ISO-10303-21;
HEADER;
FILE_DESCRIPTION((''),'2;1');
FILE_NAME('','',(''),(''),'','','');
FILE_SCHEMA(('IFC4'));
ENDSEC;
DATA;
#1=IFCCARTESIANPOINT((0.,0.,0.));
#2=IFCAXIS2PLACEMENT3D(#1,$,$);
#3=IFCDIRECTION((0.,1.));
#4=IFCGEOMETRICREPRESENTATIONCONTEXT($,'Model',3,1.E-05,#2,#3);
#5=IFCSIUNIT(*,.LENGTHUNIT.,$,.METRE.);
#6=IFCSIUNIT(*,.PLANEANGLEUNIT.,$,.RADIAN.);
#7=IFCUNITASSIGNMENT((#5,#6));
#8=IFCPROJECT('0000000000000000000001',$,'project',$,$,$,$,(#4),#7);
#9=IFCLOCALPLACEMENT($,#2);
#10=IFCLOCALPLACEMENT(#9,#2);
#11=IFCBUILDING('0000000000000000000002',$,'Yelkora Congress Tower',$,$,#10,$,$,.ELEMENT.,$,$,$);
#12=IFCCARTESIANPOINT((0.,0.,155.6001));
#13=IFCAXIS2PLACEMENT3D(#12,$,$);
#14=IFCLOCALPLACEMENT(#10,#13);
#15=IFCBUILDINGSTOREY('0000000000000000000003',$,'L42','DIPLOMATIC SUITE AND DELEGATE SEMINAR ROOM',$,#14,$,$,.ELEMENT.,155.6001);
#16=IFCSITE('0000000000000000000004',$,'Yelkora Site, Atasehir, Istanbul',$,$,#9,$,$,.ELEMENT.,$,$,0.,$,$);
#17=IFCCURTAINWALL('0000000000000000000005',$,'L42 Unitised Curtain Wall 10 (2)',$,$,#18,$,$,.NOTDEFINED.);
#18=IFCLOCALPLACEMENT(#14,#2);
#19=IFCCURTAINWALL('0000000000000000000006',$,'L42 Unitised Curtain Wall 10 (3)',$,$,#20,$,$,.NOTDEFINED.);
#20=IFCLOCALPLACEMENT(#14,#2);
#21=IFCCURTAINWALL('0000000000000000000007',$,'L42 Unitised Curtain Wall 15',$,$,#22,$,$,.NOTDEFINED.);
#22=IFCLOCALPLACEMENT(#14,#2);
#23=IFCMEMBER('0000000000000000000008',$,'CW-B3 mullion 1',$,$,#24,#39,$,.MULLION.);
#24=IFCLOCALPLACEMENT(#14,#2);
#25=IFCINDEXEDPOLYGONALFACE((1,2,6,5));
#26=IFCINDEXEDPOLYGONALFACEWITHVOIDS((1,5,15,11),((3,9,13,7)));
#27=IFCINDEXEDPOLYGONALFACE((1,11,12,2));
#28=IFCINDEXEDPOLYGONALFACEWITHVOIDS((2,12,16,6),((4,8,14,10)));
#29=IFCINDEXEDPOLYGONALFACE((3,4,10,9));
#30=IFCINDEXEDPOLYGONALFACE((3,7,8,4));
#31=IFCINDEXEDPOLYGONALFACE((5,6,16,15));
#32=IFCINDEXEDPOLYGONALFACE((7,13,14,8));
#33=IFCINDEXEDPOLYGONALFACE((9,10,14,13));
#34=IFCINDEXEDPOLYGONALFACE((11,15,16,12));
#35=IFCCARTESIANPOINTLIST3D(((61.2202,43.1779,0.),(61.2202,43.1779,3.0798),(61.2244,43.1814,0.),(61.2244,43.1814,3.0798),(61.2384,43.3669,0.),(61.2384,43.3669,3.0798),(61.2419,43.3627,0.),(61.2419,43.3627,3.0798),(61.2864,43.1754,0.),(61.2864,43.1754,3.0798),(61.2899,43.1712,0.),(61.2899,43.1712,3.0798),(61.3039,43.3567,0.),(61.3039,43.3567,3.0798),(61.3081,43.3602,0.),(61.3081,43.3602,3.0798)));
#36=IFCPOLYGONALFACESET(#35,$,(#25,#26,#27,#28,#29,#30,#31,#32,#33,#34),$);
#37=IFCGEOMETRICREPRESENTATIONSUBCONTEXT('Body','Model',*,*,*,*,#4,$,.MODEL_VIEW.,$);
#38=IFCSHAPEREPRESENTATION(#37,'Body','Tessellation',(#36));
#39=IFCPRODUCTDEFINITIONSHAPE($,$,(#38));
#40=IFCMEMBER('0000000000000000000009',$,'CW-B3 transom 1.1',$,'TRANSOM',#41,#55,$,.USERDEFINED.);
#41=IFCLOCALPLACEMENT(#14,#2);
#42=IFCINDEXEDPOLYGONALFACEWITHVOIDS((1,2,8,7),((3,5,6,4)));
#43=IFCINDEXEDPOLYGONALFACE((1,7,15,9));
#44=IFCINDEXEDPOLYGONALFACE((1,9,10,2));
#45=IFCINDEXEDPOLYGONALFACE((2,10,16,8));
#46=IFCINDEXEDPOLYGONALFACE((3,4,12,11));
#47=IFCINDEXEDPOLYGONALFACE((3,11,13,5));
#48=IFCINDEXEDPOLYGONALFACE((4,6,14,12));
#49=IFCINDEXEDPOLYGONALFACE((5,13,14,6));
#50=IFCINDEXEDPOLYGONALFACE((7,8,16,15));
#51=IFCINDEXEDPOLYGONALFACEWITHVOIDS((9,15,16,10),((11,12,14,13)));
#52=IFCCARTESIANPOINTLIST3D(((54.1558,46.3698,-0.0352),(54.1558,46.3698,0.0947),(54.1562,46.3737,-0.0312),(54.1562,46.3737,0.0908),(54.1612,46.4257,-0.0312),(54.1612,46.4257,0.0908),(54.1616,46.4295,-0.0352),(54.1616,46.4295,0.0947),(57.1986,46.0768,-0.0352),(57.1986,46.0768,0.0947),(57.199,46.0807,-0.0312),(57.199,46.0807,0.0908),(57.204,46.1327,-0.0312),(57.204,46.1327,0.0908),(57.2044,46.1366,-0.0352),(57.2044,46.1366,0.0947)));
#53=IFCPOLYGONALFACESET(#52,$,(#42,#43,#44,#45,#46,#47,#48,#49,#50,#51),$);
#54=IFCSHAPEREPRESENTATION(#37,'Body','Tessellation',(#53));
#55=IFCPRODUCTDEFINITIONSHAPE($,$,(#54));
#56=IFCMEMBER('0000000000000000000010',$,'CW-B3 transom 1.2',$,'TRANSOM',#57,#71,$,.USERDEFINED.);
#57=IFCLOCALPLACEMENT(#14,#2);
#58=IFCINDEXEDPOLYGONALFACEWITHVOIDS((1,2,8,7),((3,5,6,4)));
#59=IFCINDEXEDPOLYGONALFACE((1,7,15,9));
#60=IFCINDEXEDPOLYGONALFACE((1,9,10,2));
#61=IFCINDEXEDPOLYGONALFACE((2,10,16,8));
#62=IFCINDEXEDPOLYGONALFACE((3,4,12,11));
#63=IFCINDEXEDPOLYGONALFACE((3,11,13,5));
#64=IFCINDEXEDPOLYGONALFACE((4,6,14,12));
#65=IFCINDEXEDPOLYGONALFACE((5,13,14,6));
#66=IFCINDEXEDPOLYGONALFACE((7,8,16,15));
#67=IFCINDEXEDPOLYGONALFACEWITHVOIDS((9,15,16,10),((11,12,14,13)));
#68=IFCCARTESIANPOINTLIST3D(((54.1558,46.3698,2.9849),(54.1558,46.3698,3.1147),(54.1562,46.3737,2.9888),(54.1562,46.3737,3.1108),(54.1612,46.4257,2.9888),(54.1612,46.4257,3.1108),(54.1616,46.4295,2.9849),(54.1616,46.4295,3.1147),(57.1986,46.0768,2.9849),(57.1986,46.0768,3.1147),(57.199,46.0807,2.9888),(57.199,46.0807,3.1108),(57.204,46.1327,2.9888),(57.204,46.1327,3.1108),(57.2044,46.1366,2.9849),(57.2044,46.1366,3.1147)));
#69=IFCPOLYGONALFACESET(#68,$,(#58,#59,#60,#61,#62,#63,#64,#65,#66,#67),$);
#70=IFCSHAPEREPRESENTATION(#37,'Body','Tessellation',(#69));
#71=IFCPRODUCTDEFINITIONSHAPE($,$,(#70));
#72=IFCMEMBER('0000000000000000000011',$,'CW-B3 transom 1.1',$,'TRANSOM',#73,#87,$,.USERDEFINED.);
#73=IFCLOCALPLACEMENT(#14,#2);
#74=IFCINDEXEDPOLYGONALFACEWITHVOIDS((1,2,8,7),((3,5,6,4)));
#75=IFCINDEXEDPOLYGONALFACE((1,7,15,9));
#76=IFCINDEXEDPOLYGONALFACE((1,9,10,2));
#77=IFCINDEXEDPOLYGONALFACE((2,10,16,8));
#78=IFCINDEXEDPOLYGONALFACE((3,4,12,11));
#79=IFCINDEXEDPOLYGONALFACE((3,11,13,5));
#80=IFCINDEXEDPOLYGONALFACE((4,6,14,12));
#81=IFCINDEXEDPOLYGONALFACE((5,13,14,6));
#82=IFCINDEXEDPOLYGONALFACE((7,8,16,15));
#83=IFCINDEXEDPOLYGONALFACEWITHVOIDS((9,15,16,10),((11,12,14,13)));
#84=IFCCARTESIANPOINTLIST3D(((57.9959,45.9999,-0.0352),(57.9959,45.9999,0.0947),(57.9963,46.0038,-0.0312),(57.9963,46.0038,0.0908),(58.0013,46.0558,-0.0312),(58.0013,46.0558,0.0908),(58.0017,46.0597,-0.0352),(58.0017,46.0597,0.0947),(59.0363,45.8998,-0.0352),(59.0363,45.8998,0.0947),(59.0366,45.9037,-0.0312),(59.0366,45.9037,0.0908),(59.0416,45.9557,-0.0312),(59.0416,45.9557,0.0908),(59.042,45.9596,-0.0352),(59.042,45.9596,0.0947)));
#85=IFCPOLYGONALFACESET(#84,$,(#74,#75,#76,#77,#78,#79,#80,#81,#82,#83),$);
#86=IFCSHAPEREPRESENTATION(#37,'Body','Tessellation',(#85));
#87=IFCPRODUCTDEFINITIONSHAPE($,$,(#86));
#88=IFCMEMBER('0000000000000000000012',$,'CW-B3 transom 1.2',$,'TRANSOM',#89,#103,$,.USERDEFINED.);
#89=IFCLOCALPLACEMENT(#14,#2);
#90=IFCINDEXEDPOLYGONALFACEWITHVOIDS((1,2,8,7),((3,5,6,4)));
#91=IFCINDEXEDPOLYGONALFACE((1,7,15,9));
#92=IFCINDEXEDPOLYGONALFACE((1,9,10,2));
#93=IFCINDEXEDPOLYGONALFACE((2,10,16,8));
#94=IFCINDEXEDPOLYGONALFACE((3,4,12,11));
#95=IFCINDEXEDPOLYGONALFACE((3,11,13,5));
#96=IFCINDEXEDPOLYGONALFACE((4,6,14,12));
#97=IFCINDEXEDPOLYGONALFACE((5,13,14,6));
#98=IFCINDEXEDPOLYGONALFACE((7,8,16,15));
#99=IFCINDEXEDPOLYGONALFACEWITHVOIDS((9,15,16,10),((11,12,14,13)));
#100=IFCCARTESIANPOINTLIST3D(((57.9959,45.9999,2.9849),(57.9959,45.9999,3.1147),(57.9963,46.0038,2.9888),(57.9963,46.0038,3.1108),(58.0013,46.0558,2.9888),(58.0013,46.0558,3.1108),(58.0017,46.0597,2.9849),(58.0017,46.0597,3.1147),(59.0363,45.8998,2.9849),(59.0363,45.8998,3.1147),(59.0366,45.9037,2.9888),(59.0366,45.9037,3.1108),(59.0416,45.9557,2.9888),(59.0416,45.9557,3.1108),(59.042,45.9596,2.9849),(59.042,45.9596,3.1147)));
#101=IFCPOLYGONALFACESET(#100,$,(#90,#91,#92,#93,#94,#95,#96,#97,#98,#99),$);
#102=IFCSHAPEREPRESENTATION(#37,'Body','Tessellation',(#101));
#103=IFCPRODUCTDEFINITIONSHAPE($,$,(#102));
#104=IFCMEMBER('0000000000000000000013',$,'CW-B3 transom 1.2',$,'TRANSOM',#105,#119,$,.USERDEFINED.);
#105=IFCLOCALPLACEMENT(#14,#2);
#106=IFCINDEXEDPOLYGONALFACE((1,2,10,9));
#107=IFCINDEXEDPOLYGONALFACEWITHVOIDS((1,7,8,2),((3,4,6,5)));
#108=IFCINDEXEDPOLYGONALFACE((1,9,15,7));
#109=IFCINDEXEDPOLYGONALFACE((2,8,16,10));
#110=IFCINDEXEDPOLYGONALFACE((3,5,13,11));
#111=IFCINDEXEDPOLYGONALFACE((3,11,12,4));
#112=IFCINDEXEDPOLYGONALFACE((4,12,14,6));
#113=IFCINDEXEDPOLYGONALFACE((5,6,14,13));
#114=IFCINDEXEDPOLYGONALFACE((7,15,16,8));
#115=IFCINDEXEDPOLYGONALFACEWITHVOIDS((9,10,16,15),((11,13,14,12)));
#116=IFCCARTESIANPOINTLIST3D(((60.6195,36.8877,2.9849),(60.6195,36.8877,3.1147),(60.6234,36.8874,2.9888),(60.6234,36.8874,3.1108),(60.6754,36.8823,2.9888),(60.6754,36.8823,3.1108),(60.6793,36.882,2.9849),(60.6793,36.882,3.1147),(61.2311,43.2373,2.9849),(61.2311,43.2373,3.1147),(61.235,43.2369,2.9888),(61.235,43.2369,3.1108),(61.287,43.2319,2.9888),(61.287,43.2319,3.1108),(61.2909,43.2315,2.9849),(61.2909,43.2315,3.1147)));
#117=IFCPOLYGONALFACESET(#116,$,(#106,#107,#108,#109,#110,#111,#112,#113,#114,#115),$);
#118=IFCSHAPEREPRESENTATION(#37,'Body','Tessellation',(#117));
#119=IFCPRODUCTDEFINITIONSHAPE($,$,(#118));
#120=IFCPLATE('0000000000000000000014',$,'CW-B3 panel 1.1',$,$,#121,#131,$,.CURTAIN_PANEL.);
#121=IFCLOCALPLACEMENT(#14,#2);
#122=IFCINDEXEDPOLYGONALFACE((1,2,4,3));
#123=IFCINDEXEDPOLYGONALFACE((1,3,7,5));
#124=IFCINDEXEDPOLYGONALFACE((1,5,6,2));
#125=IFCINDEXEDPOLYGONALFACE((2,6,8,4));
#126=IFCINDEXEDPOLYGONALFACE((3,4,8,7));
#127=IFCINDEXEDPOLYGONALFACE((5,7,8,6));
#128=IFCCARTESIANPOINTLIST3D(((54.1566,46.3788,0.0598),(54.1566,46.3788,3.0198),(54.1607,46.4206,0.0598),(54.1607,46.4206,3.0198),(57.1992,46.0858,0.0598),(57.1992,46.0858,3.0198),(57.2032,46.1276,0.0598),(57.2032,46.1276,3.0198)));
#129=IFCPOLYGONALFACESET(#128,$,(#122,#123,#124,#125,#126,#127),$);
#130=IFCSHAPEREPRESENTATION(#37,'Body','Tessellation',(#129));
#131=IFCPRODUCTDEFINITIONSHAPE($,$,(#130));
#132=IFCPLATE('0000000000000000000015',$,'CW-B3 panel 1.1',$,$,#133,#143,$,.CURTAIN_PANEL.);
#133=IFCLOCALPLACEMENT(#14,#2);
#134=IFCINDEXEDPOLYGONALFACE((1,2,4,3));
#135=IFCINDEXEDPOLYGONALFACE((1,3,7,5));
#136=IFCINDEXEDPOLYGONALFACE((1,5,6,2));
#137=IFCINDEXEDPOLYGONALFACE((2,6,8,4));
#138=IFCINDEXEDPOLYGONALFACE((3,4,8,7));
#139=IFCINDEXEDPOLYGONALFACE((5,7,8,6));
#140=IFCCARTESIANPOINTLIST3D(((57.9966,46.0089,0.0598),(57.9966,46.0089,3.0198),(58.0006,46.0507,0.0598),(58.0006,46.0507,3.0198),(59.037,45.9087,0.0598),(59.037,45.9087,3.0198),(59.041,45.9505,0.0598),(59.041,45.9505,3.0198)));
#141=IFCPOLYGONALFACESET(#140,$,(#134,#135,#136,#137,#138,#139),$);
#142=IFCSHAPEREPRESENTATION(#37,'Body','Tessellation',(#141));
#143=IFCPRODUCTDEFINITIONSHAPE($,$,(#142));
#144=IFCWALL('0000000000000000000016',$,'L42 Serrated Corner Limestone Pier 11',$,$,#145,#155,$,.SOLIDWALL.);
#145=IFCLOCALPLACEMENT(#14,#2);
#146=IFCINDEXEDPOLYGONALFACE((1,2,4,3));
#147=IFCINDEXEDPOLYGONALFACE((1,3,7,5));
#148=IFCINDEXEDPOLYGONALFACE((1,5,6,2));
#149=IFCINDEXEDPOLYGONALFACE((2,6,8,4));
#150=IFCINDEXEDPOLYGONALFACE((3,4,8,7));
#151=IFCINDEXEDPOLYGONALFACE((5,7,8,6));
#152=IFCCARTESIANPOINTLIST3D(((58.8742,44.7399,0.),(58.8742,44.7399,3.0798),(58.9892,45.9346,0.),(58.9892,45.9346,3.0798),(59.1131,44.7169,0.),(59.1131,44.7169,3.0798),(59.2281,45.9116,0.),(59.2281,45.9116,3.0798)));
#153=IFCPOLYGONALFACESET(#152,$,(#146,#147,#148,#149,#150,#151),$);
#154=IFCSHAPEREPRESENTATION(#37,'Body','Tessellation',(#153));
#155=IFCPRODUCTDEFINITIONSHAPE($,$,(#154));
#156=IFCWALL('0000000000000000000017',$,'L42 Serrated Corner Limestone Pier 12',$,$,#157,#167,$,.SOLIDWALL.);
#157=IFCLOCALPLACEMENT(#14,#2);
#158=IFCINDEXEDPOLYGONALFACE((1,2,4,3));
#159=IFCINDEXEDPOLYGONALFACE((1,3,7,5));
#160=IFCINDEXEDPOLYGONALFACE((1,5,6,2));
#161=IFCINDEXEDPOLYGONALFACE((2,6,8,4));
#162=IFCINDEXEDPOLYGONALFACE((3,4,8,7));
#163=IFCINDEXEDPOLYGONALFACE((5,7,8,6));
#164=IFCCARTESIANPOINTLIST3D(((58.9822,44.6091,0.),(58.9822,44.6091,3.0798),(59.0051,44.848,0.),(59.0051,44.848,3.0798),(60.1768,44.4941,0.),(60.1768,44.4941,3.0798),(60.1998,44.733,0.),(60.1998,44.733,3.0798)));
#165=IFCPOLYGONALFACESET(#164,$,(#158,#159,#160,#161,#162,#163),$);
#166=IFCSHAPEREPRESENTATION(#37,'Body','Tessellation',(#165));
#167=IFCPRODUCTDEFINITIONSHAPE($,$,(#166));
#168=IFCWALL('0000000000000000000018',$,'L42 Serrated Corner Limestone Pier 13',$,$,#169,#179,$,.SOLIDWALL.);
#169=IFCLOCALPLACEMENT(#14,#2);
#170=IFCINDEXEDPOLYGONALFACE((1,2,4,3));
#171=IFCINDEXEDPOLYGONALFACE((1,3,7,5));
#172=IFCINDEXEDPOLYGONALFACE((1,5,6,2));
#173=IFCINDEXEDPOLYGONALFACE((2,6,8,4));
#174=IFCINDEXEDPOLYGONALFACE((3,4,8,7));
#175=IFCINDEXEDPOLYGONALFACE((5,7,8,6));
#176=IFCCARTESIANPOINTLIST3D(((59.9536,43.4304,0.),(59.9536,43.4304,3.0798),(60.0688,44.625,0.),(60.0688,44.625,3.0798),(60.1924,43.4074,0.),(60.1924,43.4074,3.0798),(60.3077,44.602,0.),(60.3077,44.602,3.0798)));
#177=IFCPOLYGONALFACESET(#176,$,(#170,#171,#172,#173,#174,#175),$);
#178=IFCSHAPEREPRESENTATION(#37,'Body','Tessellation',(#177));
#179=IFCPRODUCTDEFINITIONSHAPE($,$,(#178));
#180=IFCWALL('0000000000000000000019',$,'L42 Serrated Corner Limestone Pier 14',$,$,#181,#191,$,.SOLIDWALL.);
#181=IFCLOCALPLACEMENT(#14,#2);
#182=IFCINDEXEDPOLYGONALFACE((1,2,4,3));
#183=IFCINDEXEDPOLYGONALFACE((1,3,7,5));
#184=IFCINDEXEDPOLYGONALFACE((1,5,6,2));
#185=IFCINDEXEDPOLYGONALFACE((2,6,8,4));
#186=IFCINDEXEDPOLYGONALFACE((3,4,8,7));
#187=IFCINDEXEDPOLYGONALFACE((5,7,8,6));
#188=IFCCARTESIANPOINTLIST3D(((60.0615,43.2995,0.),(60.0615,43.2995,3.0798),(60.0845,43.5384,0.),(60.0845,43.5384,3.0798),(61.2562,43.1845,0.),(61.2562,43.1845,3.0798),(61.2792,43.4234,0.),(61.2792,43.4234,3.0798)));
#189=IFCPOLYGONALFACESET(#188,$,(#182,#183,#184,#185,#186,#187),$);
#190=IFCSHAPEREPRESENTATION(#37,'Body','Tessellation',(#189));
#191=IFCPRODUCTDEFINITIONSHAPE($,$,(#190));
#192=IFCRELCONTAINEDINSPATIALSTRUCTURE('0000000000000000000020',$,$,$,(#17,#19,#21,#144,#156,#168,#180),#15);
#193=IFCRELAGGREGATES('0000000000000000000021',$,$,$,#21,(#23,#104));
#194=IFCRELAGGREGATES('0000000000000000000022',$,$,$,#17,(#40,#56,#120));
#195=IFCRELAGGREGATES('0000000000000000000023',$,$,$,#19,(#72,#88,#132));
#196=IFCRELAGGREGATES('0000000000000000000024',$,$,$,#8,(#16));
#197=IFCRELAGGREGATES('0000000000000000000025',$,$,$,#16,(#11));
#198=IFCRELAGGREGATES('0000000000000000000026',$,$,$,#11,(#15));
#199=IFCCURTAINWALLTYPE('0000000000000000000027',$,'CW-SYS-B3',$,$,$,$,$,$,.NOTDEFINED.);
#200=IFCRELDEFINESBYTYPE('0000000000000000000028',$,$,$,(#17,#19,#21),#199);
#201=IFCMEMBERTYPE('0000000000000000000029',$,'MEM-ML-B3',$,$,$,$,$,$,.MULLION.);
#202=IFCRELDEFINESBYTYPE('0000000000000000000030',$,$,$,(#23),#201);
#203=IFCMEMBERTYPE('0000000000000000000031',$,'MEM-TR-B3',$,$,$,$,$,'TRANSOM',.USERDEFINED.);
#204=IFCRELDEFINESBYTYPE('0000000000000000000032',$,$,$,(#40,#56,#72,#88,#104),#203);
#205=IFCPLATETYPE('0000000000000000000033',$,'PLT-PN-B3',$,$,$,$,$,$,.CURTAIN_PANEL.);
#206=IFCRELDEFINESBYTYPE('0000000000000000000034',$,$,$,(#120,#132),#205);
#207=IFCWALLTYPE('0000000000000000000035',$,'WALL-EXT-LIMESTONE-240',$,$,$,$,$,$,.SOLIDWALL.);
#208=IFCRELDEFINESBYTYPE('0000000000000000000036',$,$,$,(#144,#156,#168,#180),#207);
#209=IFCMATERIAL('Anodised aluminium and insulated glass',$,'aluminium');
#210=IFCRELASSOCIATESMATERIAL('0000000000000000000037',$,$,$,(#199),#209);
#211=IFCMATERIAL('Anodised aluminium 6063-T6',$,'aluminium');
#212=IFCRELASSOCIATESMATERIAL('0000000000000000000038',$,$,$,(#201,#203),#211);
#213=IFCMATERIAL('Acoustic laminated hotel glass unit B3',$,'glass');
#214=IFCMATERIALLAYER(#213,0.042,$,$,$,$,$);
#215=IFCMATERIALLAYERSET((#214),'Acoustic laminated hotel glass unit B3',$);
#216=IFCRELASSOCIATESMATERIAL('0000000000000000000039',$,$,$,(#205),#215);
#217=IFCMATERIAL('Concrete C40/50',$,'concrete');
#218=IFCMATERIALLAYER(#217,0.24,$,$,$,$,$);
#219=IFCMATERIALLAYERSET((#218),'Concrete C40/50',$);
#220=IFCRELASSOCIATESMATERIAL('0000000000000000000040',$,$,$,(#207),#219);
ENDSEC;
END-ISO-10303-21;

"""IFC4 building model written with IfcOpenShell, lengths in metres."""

from ifc_helpers import new_model, si_unit, direction, frame, frame_2d, origin, origin_2d, place, context, subcontext, project, spatial, rectangle, hollow_rectangle, extrude, material, layer, layer_set, material_profile, profile_set, type_object, element, aggregate, save


model = new_model("IFC4")

# Units and contexts
model_context = context("Model", 3, precision=1e-05, world=origin(), true_north=direction((0.0, 1.0)))
body_context = subcontext(model_context, "Body", "Model", "MODEL_VIEW")
ifc_project = project(units=[si_unit("LENGTHUNIT", "METRE"), si_unit("PLANEANGLEUNIT", "RADIAN")], contexts=[model_context])

# Site, building, storey
site_placement = place(None, origin())
site = spatial("IfcSite", under=ifc_project, at=site_placement, Name="Yelkora Site, Atasehir, Istanbul", CompositionType="ELEMENT", RefElevation=0.0)
building_placement = place(site_placement, origin())
building = spatial("IfcBuilding", under=site, at=building_placement, Name="Yelkora Congress Tower", CompositionType="ELEMENT")
storey_placement = place(building_placement, frame((0.0, 0.0, 155.6001)))
storey = spatial("IfcBuildingStorey", under=building, at=storey_placement, Name="L42", Description="DIPLOMATIC SUITE AND DELEGATE SEMINAR ROOM", CompositionType="ELEMENT", Elevation=155.6001)

# Shared definitions
ifc_material_1 = material(Name="Anodised aluminium and insulated glass", Category="aluminium")
curtain_wall_type = type_object("IfcCurtainWallType", Name="CW-SYS-B3", PredefinedType="NOTDEFINED", material=ifc_material_1)
ifc_material_2 = material(Name="Anodised aluminium 6063-T6", Category="aluminium")
ifc_material_profile_1 = material_profile(ifc_material_2, hollow_rectangle(XDim=0.0701, YDim=0.1899, WallThickness=0.0039, at=origin_2d()), Name="ALU 70x190x4")
ifc_profile_set_1 = profile_set([ifc_material_profile_1], Name="Anodised aluminium 6063-T6")
member_type_1 = type_object("IfcMemberType", Name="MEM-ML-B3", PredefinedType="MULLION", material=ifc_profile_set_1)

# Curtain walls
curtain_wall_1_placement = place(storey_placement, origin())
curtain_wall_1 = element("IfcCurtainWall", 1, at=curtain_wall_1_placement, inside=storey, type_object=curtain_wall_type, Name="L42 Unitised Curtain Wall 10 (2)", PredefinedType="NOTDEFINED")
curtain_wall_2_placement = place(storey_placement, origin())
curtain_wall_2 = element("IfcCurtainWall", 2, at=curtain_wall_2_placement, inside=storey, type_object=curtain_wall_type, Name="L42 Unitised Curtain Wall 10 (3)", PredefinedType="NOTDEFINED")

# Curtain wall, member
curtain_wall_3_placement = place(storey_placement, origin())
curtain_wall_3 = element("IfcCurtainWall", 3, at=curtain_wall_3_placement, inside=storey, type_object=curtain_wall_type, Name="L42 Unitised Curtain Wall 15", PredefinedType="NOTDEFINED")
member_1_placement = place(storey_placement, frame((61.2642, 43.269, 0.0), z_axis=(0.0, 0.0, 1.0), x_axis=(0.995397, -0.095842, 0.0)))
member_1 = element("IfcMember", 4, at=member_1_placement, type_object=member_type_1, Name="CW-B3 mullion 1", PredefinedType="MULLION", context=body_context, shape_type="SweptSolid", body=[
    extrude(hollow_rectangle(XDim=0.0701, YDim=0.1899, WallThickness=0.0039, at=origin_2d()), origin(), (0.0, 0.0, 1.0), 3.0798),
])

# Members
ifc_material_profile_2 = material_profile(ifc_material_2, hollow_rectangle(XDim=0.0601, YDim=0.1299, WallThickness=0.0039, at=origin_2d()), Name="ALU 60x130x4")
ifc_profile_set_2 = profile_set([ifc_material_profile_2], Name="Anodised aluminium 6063-T6")
member_type_2 = type_object("IfcMemberType", Name="MEM-TR-B3", ElementType="TRANSOM", PredefinedType="USERDEFINED", material=ifc_profile_set_2)
member_2_placement = place(storey_placement, frame((54.1587, 46.3997, 0.0298), z_axis=(0.995397, -0.095842, 0.0), x_axis=(0.095842, 0.995397, 0.0)))
member_2 = element("IfcMember", 5, at=member_2_placement, type_object=member_type_2, Name="CW-B3 transom 1.1", ObjectType="TRANSOM", PredefinedType="USERDEFINED", context=body_context, shape_type="SweptSolid", body=[
    extrude(hollow_rectangle(XDim=0.0601, YDim=0.1299, WallThickness=0.0039, at=origin_2d()), origin(), (0.0, 0.0, 1.0), 3.0569),
])
member_3_placement = place(storey_placement, frame((54.1587, 46.3997, 3.0498), z_axis=(0.995397, -0.095842, 0.0), x_axis=(0.095842, 0.995397, 0.0)))
member_3 = element("IfcMember", 6, at=member_3_placement, type_object=member_type_2, Name="CW-B3 transom 1.2", ObjectType="TRANSOM", PredefinedType="USERDEFINED", context=body_context, shape_type="SweptSolid", body=[
    extrude(hollow_rectangle(XDim=0.0601, YDim=0.1299, WallThickness=0.0039, at=origin_2d()), origin(), (0.0, 0.0, 1.0), 3.0569),
])
member_4_placement = place(storey_placement, frame((57.9988, 46.0298, 0.0298), z_axis=(0.995403, -0.095779, 0.0), x_axis=(0.095779, 0.995403, 0.0)))
member_4 = element("IfcMember", 7, at=member_4_placement, type_object=member_type_2, Name="CW-B3 transom 1.1", ObjectType="TRANSOM", PredefinedType="USERDEFINED", context=body_context, shape_type="SweptSolid", body=[
    extrude(hollow_rectangle(XDim=0.0601, YDim=0.1299, WallThickness=0.0039, at=origin_2d()), origin(), (0.0, 0.0, 1.0), 1.0452),
])
member_5_placement = place(storey_placement, frame((57.9988, 46.0298, 3.0498), z_axis=(0.995403, -0.095779, 0.0), x_axis=(0.095779, 0.995403, 0.0)))
member_5 = element("IfcMember", 8, at=member_5_placement, type_object=member_type_2, Name="CW-B3 transom 1.2", ObjectType="TRANSOM", PredefinedType="USERDEFINED", context=body_context, shape_type="SweptSolid", body=[
    extrude(hollow_rectangle(XDim=0.0601, YDim=0.1299, WallThickness=0.0039, at=origin_2d()), origin(), (0.0, 0.0, 1.0), 1.0452),
])
member_6_placement = place(storey_placement, frame((61.261, 43.2344, 3.0498), z_axis=(-0.095873, -0.995394, 0.0), x_axis=(0.995394, -0.095873, 0.0)))
member_6 = element("IfcMember", 9, at=member_6_placement, type_object=member_type_2, Name="CW-B3 transom 1.2", ObjectType="TRANSOM", PredefinedType="USERDEFINED", context=body_context, shape_type="SweptSolid", body=[
    extrude(hollow_rectangle(XDim=0.0601, YDim=0.1299, WallThickness=0.0039, at=origin_2d()), origin(), (0.0, 0.0, 1.0), 6.3789),
])
aggregate(curtain_wall_3, [member_1, member_6])

# Plates
ifc_material_3 = material(Name="Acoustic laminated hotel glass unit B3", Category="glass")
ifc_layer_1 = layer(ifc_material_3, 0.042)
ifc_layer_set_1 = layer_set([ifc_layer_1], Name="Acoustic laminated hotel glass unit B3")
plate_type = type_object("IfcPlateType", Name="PLT-PN-B3", PredefinedType="CURTAIN_PANEL", material=ifc_layer_set_1)
plate_1_placement = place(storey_placement, frame((55.6799, 46.2532, 0.0598), z_axis=(0.0, 0.0, 1.0), x_axis=(0.995396, -0.095848, 0.0)))
plate_1 = element("IfcPlate", 10, at=plate_1_placement, type_object=plate_type, Name="CW-B3 panel 1.1", PredefinedType="CURTAIN_PANEL", context=body_context, shape_type="SweptSolid", body=[
    extrude(rectangle(XDim=3.0566, YDim=0.042, at=origin_2d()), origin(), (0.0, 0.0, 1.0), 2.96),
])
aggregate(curtain_wall_1, [member_2, member_3, plate_1])
plate_2_placement = place(storey_placement, frame((58.5188, 45.9797, 0.0598), z_axis=(0.0, 0.0, 1.0), x_axis=(0.995396, -0.095852, 0.0)))
plate_2 = element("IfcPlate", 11, at=plate_2_placement, type_object=plate_type, Name="CW-B3 panel 1.1", PredefinedType="CURTAIN_PANEL", context=body_context, shape_type="SweptSolid", body=[
    extrude(rectangle(XDim=1.0452, YDim=0.042, at=origin_2d()), origin(), (0.0, 0.0, 1.0), 2.96),
])
aggregate(curtain_wall_2, [member_4, member_5, plate_2])

# Walls
ifc_material_4 = material(Name="Concrete C40/50", Category="concrete")
ifc_layer_2 = layer(ifc_material_4, 0.24)
ifc_layer_set_2 = layer_set([ifc_layer_2], Name="Concrete C40/50")
wall_type = type_object("IfcWallType", Name="WALL-EXT-LIMESTONE-240", PredefinedType="SOLIDWALL", material=ifc_layer_set_2)
for number, where, z_axis, x_axis, name in (
    (12, (59.1086, 45.9231, 0.0), (0.0, 0.0, 1.0), (-0.095817, -0.995399, 0.0), "L42 Serrated Corner Limestone Pier 11"),
    (13, (58.9937, 44.7285, 0.0), (0.0, 0.0, 1.0), (0.995399, -0.095817, 0.0), "L42 Serrated Corner Limestone Pier 12"),
    (14, (60.1882, 44.6135, 0.0), (0.0, 0.0, 1.0), (-0.096019, -0.99538, 0.0), "L42 Serrated Corner Limestone Pier 13"),
    (15, (60.073, 43.4189, 0.0), (0.0, 0.0, 1.0), (0.995399, -0.095817, 0.0), "L42 Serrated Corner Limestone Pier 14"),
):
    element("IfcWall", number, at=place(storey_placement, frame(where, z_axis=z_axis, x_axis=x_axis)), inside=storey, type_object=wall_type, Name=name, PredefinedType="SOLIDWALL", context=body_context, shape_type="SweptSolid", body=[
        extrude(rectangle(XDim=1.2002, YDim=0.24, at=frame_2d((0.6001, 0.0))), origin(), (0.0, 0.0, 1.0), 3.0798),
    ])

save(model, "model.ifc")
